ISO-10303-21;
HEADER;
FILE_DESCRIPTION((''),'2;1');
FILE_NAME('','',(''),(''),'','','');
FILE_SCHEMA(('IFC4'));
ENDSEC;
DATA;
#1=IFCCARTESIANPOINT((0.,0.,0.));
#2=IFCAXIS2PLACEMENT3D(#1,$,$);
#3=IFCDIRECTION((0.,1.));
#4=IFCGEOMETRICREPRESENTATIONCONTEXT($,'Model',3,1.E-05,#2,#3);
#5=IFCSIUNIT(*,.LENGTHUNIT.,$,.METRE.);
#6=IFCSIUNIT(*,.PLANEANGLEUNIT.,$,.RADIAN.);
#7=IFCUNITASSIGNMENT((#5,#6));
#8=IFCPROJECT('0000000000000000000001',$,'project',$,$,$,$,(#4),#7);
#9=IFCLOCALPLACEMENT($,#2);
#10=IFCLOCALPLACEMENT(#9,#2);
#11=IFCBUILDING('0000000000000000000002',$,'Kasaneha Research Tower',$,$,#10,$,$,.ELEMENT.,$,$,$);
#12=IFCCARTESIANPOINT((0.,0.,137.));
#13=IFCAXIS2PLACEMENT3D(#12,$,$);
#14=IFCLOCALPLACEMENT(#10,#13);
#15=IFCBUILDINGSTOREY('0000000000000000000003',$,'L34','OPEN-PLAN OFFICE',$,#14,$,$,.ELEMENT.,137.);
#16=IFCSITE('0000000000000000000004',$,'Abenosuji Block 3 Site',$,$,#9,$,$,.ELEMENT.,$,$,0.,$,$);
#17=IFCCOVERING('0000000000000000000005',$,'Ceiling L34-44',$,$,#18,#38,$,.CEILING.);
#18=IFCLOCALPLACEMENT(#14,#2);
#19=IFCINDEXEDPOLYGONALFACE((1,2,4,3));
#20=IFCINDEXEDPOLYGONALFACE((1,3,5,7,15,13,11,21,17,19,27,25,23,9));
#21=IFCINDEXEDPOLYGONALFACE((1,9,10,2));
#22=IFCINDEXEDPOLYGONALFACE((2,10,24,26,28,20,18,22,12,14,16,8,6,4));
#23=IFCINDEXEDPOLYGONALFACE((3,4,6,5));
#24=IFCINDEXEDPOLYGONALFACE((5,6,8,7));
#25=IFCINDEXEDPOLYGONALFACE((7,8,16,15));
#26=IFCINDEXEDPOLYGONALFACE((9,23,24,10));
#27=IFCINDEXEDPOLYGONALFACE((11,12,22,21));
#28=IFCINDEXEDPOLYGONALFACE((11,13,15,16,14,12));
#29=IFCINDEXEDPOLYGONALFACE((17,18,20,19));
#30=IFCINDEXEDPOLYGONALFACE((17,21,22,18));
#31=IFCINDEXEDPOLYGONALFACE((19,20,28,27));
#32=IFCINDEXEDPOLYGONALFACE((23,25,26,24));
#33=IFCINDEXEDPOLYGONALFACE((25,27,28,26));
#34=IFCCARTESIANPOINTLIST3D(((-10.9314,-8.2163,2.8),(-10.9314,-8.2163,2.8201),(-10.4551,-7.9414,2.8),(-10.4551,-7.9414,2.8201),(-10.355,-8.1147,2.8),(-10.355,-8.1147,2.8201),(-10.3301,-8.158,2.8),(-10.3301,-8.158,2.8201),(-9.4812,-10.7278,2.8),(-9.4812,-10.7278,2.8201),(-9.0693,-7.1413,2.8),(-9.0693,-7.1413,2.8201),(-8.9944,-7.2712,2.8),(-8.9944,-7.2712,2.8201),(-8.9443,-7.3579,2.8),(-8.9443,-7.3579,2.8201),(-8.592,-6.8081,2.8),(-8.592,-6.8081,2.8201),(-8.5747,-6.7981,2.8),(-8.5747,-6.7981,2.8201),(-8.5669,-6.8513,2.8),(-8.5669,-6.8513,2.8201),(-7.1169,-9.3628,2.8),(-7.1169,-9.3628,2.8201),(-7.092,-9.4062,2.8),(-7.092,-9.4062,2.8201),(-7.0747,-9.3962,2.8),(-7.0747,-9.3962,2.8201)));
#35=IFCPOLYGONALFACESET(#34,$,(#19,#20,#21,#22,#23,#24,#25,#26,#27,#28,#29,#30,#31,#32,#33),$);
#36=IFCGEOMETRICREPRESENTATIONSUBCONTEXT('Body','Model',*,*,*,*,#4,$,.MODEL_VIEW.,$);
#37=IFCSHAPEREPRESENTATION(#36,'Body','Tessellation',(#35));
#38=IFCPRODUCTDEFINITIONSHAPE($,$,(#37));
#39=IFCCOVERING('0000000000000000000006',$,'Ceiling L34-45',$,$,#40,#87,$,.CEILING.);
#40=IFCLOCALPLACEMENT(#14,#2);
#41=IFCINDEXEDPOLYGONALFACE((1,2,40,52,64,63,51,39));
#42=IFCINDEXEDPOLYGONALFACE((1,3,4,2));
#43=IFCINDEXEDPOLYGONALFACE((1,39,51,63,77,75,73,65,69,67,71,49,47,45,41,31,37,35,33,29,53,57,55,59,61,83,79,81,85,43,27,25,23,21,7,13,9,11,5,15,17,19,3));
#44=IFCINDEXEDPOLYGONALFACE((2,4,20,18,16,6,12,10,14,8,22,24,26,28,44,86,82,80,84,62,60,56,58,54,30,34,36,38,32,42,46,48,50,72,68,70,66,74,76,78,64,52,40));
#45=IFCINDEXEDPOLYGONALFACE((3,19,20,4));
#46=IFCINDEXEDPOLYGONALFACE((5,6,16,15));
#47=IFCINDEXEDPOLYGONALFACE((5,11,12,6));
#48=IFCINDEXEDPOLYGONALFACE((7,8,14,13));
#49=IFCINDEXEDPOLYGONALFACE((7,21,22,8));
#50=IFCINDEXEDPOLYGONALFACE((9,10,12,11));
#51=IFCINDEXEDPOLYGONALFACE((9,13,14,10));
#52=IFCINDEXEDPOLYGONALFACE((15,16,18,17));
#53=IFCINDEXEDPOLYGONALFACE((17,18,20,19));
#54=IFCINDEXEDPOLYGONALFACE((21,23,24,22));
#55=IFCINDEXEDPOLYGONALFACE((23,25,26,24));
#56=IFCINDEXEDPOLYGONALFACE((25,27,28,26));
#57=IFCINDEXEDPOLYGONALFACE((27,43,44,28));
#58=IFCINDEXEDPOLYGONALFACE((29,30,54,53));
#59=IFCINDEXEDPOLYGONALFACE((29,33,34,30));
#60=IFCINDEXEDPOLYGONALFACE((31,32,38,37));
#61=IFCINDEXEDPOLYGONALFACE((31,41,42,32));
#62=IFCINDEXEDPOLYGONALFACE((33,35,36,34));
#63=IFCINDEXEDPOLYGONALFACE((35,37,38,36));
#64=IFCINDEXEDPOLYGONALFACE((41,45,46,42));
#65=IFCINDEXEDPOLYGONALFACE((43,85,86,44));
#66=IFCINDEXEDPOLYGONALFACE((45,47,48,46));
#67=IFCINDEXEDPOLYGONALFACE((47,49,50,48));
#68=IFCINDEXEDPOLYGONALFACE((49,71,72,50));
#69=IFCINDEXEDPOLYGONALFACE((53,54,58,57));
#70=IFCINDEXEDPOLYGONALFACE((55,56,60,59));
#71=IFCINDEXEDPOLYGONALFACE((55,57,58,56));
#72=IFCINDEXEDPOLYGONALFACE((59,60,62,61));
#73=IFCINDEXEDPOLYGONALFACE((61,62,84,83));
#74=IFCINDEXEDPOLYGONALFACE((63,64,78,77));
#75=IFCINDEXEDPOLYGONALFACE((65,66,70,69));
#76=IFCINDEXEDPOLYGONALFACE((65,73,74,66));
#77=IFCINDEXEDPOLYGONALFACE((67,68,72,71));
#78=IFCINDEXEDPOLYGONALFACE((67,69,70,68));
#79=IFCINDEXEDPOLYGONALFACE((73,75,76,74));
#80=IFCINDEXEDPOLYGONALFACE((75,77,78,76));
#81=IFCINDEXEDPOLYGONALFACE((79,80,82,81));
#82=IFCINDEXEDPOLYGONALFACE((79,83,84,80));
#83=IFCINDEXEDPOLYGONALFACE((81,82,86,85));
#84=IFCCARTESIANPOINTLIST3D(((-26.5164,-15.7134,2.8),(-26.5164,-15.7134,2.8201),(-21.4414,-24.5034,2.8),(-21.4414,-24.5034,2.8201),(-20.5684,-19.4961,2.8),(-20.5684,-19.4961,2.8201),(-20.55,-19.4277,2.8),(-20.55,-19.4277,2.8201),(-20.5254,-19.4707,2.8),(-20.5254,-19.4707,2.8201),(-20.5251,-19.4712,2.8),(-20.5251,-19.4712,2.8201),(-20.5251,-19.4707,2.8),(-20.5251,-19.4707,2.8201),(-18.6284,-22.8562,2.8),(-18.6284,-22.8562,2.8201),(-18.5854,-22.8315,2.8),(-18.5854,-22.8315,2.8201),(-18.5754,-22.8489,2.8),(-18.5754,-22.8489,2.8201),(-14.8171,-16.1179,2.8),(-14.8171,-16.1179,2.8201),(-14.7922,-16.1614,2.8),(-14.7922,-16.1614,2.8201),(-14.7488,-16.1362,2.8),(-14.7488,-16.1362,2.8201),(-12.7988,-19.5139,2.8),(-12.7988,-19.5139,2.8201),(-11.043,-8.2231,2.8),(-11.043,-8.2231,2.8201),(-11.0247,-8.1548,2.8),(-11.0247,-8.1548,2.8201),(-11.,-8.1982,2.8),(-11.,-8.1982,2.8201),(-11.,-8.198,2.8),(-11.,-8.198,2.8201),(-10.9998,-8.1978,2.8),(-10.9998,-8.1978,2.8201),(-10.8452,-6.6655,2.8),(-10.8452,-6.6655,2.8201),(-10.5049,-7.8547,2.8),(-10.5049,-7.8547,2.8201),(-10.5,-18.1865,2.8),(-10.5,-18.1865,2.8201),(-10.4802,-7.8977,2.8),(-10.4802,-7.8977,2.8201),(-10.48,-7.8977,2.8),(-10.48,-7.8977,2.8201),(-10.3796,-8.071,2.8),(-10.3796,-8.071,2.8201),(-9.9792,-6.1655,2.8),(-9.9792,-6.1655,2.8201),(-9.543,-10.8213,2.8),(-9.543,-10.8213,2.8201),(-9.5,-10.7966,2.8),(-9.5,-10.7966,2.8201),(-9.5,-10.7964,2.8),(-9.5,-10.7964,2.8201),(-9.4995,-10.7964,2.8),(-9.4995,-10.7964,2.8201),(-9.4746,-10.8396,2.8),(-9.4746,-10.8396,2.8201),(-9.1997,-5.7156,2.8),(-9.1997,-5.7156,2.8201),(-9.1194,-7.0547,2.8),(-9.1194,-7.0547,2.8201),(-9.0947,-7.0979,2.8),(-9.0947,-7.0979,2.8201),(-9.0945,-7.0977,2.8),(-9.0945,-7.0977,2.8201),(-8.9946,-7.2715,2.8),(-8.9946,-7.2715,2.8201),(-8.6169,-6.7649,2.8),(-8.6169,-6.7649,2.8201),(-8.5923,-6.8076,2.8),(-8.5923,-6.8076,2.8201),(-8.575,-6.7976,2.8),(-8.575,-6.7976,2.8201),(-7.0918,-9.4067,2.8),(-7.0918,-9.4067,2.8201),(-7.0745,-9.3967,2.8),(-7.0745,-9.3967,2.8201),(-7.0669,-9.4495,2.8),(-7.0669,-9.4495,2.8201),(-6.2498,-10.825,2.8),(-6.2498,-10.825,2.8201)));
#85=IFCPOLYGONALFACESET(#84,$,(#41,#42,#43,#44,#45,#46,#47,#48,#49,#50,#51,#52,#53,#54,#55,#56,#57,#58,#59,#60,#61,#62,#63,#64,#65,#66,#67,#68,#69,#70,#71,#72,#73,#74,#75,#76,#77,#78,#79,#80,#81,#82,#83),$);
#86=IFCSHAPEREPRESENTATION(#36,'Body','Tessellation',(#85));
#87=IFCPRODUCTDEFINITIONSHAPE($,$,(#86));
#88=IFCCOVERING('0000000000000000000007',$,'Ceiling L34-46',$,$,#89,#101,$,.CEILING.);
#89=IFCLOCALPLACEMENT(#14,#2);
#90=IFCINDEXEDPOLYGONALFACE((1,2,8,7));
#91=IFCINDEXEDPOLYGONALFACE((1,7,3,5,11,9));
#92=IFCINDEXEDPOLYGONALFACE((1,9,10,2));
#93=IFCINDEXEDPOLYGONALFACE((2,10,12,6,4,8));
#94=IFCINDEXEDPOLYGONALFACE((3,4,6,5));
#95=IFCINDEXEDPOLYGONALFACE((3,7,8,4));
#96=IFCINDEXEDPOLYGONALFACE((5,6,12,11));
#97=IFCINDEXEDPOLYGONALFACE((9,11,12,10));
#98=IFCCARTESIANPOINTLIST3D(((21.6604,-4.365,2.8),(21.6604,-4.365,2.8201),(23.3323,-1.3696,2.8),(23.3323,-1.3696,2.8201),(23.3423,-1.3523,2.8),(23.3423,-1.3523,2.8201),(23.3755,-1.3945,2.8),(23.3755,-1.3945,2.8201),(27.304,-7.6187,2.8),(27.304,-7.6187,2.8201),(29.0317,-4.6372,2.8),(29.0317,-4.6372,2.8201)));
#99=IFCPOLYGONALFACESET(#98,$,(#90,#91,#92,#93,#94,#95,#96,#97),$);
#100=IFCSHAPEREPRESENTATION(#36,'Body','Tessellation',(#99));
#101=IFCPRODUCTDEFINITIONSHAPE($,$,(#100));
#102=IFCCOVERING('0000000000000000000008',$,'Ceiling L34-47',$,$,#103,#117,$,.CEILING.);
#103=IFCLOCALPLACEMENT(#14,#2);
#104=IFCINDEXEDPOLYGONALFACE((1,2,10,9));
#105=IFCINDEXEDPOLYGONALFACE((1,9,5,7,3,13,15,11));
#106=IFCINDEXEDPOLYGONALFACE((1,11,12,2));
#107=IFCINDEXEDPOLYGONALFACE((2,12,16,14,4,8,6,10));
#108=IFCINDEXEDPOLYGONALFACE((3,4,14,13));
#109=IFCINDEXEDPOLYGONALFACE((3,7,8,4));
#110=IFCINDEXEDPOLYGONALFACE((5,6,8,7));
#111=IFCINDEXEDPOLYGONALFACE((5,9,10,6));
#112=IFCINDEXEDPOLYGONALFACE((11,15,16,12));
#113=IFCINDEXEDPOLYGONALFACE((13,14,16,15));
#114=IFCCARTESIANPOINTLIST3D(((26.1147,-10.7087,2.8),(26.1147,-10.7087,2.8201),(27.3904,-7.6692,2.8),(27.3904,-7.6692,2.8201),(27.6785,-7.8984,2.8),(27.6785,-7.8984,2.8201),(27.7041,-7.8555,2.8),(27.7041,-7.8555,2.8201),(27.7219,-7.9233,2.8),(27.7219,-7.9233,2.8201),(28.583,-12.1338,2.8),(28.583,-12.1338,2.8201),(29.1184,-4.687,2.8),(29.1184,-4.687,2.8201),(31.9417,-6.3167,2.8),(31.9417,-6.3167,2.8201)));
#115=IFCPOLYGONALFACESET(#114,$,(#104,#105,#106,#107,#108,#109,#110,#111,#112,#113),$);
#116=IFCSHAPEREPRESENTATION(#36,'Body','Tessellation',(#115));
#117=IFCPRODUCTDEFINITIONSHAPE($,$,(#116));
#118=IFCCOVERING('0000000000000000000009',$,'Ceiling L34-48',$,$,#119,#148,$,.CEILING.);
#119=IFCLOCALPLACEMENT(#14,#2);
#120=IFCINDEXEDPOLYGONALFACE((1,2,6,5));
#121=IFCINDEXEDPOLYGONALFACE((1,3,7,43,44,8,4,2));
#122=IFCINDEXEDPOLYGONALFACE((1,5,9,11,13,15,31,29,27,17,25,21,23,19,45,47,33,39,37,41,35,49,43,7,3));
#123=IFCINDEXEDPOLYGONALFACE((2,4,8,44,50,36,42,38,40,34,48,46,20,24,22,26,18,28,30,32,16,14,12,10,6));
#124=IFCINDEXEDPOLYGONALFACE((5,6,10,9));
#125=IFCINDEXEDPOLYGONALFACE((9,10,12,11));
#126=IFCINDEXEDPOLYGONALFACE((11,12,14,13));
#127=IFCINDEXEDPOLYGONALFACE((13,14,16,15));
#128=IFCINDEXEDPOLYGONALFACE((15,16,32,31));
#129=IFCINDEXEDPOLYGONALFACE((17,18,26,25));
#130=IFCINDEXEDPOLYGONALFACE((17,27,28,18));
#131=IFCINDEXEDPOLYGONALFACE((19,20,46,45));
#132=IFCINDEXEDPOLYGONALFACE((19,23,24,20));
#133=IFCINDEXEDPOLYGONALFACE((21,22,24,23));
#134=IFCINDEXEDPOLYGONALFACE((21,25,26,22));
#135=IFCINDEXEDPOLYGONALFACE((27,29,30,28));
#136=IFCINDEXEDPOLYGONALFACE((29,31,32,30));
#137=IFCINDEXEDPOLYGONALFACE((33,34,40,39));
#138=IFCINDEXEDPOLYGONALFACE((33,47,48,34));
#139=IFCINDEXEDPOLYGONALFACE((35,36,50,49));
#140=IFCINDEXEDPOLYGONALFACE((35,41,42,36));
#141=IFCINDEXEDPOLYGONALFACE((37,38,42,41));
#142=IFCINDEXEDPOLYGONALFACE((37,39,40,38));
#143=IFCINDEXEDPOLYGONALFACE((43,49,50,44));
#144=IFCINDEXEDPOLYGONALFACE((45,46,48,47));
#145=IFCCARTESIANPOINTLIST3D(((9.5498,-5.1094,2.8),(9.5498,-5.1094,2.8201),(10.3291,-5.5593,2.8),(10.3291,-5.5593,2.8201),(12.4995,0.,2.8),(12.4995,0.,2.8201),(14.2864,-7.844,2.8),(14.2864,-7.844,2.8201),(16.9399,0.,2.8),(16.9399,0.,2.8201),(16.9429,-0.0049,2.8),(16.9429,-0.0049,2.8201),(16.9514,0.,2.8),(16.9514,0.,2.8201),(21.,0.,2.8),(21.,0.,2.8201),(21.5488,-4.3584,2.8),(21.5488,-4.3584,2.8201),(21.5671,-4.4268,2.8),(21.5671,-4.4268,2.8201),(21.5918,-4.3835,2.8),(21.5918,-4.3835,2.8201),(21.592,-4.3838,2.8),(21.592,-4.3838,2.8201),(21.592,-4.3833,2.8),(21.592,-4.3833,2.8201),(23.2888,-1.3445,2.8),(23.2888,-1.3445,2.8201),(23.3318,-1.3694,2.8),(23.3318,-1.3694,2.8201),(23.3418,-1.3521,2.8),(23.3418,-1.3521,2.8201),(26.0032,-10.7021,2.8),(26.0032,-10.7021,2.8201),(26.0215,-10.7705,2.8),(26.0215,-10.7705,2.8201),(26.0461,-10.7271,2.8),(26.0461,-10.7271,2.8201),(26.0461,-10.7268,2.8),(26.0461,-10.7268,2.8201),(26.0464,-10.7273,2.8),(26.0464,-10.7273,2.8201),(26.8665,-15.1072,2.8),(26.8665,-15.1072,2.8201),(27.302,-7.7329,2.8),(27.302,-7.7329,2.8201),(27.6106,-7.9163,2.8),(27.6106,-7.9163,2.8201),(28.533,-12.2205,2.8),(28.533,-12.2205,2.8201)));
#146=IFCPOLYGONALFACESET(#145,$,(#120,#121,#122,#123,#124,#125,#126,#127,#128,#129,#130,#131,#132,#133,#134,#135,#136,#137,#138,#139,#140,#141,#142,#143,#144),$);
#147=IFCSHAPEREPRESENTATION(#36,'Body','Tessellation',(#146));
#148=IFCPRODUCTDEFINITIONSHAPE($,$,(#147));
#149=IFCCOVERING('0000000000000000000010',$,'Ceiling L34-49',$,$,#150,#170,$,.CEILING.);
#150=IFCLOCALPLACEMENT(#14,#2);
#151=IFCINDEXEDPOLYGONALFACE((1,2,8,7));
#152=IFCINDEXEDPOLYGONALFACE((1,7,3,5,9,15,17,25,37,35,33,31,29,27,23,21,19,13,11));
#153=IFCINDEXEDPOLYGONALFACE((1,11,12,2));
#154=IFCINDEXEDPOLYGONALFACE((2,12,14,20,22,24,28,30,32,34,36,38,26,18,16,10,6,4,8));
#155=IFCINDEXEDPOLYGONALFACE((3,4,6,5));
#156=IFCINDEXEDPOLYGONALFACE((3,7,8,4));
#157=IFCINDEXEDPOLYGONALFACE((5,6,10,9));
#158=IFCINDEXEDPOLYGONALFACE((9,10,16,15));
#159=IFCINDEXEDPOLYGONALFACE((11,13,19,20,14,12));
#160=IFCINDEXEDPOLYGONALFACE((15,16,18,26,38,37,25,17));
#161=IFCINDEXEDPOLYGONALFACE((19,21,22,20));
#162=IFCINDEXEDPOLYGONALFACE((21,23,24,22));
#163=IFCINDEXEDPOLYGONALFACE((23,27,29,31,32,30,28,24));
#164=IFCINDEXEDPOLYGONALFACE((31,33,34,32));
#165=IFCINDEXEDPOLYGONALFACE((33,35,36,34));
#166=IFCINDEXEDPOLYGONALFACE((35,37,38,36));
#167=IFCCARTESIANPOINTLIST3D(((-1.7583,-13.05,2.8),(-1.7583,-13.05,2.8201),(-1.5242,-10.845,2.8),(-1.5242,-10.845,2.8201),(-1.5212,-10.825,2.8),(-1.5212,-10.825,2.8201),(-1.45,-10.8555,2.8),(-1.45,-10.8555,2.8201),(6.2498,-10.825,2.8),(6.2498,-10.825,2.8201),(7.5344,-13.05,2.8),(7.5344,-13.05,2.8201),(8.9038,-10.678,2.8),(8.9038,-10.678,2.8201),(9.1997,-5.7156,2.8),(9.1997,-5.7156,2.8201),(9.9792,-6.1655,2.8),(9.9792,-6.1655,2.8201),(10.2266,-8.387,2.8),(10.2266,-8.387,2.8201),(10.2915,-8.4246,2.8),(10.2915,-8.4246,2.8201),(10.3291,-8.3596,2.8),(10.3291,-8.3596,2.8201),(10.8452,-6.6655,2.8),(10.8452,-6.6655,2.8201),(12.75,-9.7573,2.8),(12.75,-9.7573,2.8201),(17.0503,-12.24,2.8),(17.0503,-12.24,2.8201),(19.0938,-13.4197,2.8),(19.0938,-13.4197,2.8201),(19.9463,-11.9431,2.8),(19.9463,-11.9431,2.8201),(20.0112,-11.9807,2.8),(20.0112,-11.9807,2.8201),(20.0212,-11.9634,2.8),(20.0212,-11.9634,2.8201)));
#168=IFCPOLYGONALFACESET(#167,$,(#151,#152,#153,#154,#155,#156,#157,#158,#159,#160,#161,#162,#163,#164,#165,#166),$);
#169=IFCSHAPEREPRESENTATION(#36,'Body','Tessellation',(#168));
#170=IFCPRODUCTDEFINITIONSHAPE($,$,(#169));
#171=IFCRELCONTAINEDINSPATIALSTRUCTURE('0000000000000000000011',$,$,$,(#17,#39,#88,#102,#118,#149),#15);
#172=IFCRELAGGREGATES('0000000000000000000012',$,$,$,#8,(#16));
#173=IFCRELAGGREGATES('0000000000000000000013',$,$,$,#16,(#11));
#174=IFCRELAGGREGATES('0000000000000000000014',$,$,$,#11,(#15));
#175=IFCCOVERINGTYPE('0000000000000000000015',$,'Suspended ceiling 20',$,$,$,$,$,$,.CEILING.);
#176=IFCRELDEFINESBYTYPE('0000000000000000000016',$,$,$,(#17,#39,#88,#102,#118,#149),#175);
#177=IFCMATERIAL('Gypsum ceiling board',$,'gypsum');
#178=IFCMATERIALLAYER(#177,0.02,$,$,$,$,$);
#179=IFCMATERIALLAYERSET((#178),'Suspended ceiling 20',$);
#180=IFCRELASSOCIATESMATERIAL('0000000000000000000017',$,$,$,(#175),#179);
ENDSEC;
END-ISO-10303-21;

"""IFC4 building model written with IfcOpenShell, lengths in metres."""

from ifc_helpers import new_model, si_unit, direction, frame, origin, place, context, subcontext, project, spatial, polyline, outline, extrude, material, layer, layer_set, type_object, element, save


model = new_model("IFC4")

# Units and contexts
model_context = context("Model", 3, precision=1e-05, world=origin(), true_north=direction((0.0, 1.0)))
body_context = subcontext(model_context, "Body", "Model", "MODEL_VIEW")
ifc_project = project(units=[si_unit("LENGTHUNIT", "METRE"), si_unit("PLANEANGLEUNIT", "RADIAN")], contexts=[model_context])

# Site, building, storey
site_placement = place(None, origin())
site = spatial("IfcSite", under=ifc_project, at=site_placement, Name="Abenosuji Block 3 Site", CompositionType="ELEMENT", RefElevation=0.0)
building_placement = place(site_placement, origin())
building = spatial("IfcBuilding", under=site, at=building_placement, Name="Kasaneha Research Tower", CompositionType="ELEMENT")
storey_placement = place(building_placement, frame((0.0, 0.0, 137.0)))
storey = spatial("IfcBuildingStorey", under=building, at=storey_placement, Name="L34", Description="OPEN-PLAN OFFICE", CompositionType="ELEMENT", Elevation=137.0)

# Coverings
ifc_material_1 = material(Name="Gypsum ceiling board", Category="gypsum")
ifc_layer_1 = layer(ifc_material_1, 0.02)
ifc_layer_set_1 = layer_set([ifc_layer_1], Name="Suspended ceiling 20")
covering_type_1 = type_object("IfcCoveringType", Name="Suspended ceiling 20", PredefinedType="CEILING", material=ifc_layer_set_1)
covering_1_placement = place(storey_placement, frame((0.0, 0.0, 2.8)))
element("IfcCovering", 1, at=covering_1_placement, inside=storey, type_object=covering_type_1, Name="Ceiling L34-44", PredefinedType="CEILING", context=body_context, shape_type="SweptSolid", body=[
    extrude(outline(polyline([(-10.355, -8.1147), (-10.355, -8.1147), (-10.3301, -8.158), (-8.9443, -7.3579), (-8.9944, -7.2712), (-8.9944, -7.2712), (-9.0942, -7.0981), (-9.0942, -7.0981), (-9.0693, -7.1414), (-8.5669, -6.8513), (-8.592, -6.8081), (-8.5747, -6.7981), (-7.0747, -9.3962), (-7.092, -9.4062), (-7.1169, -9.3628), (-9.4812, -10.7278), (-10.9314, -8.2163), (-10.4551, -7.9414), (-10.355, -8.1147)])), origin(), (0.0, 0.0, 1.0), 0.02),
])
covering_2_placement = place(storey_placement, frame((0.0, 0.0, 2.8)))
element("IfcCovering", 2, at=covering_2_placement, inside=storey, type_object=covering_type_1, Name="Ceiling L34-45", PredefinedType="CEILING", context=body_context, shape_type="SweptSolid", body=[
    extrude(outline(polyline([(-9.9792, -6.1655), (-9.9792, -6.1655), (-9.1997, -5.7156), (-8.575, -6.7976), (-8.5923, -6.8076), (-8.6169, -6.7649), (-9.1194, -7.0547), (-9.0945, -7.0977), (-9.0947, -7.0979), (-8.9946, -7.2715), (-10.3796, -8.071), (-10.48, -7.8977), (-10.4802, -7.8977), (-10.5049, -7.8547), (-11.0247, -8.1548), (-10.9998, -8.1978), (-11.0, -8.198), (-11.0, -8.1982), (-11.043, -8.2231), (-9.543, -10.8213), (-9.5, -10.7964), (-9.5, -10.7966), (-9.4995, -10.7964), (-9.4746, -10.8396), (-7.0669, -9.4495), (-7.0918, -9.4067), (-7.0745, -9.3967), (-6.2498, -10.825), (-10.5, -18.1865), (-12.7988, -19.5139), (-14.7488, -16.1362), (-14.7922, -16.1614), (-14.8171, -16.1179), (-20.55, -19.4277), (-20.5251, -19.4707), (-20.5254, -19.4707), (-20.5251, -19.4712), (-20.5684, -19.4961), (-18.6284, -22.8562), (-18.5854, -22.8315), (-18.5754, -22.8489), (-21.4414, -24.5034), (-26.5164, -15.7134), (-10.8452, -6.6655), (-10.8452, -6.6655), (-9.9792, -6.1655)])), origin(), (0.0, 0.0, 1.0), 0.02),
])
covering_3_placement = place(storey_placement, frame((0.0, 0.0, 2.8)))
element("IfcCovering", 3, at=covering_3_placement, inside=storey, type_object=covering_type_1, Name="Ceiling L34-46", PredefinedType="CEILING", context=body_context, shape_type="SweptSolid", body=[
    extrude(outline(polyline([(29.0317, -4.6372), (27.304, -7.6187), (21.6604, -4.365), (23.3755, -1.3945), (23.3323, -1.3696), (23.3423, -1.3523), (29.0317, -4.6372)])), origin(), (0.0, 0.0, 1.0), 0.02),
])
covering_4_placement = place(storey_placement, frame((0.0, 0.0, 2.8)))
element("IfcCovering", 4, at=covering_4_placement, inside=storey, type_object=covering_type_1, Name="Ceiling L34-47", PredefinedType="CEILING", context=body_context, shape_type="SweptSolid", body=[
    extrude(outline(polyline([(31.9417, -6.3167), (28.583, -12.1338), (26.1147, -10.7087), (27.7219, -7.9233), (27.6785, -7.8984), (27.7041, -7.8555), (27.3904, -7.6692), (29.1184, -4.687), (31.9417, -6.3167)])), origin(), (0.0, 0.0, 1.0), 0.02),
])
covering_5_placement = place(storey_placement, frame((0.0, 0.0, 2.8)))
element("IfcCovering", 5, at=covering_5_placement, inside=storey, type_object=covering_type_1, Name="Ceiling L34-48", PredefinedType="CEILING", context=body_context, shape_type="SweptSolid", body=[
    extrude(outline(polyline([(9.5498, -5.1094), (12.4995, 0.0), (16.9399, 0.0), (16.9429, -0.0049), (16.9514, 0.0), (21.0, 0.0), (23.3418, -1.3521), (23.3318, -1.3694), (23.2888, -1.3445), (21.5488, -4.3584), (21.592, -4.3833), (21.5918, -4.3835), (21.592, -4.3838), (21.5671, -4.4268), (27.302, -7.7329), (27.302, -7.7329), (27.6106, -7.9163), (26.0032, -10.7021), (26.0461, -10.7268), (26.0461, -10.7271), (26.0464, -10.7273), (26.0215, -10.7705), (28.533, -12.2205), (26.8665, -15.1072), (14.2864, -7.844), (10.3291, -5.5593), (10.3291, -5.5593), (9.5498, -5.1094)])), origin(), (0.0, 0.0, 1.0), 0.02),
])
covering_6_placement = place(storey_placement, frame((0.0, 0.0, 2.8)))
element("IfcCovering", 6, at=covering_6_placement, inside=storey, type_object=covering_type_1, Name="Ceiling L34-49", PredefinedType="CEILING", context=body_context, shape_type="SweptSolid", body=[
    extrude(outline(polyline([(10.2915, -8.4246), (10.2266, -8.387), (8.9038, -10.678), (8.9038, -10.678), (7.5344, -13.05), (-1.7583, -13.05), (-1.45, -10.8555), (-1.5242, -10.845), (-1.5212, -10.825), (6.2498, -10.825), (9.1997, -5.7156), (9.9792, -6.1655), (9.9792, -6.1655), (10.8452, -6.6655), (10.8452, -6.6655), (20.0212, -11.9634), (20.0112, -11.9807), (19.9463, -11.9431), (19.0938, -13.4197), (17.0503, -12.24), (17.0503, -12.24), (12.75, -9.7573), (12.75, -9.7573), (10.3291, -8.3596), (10.2915, -8.4246), (10.2915, -8.4246), (10.2915, -8.4246)])), origin(), (0.0, 0.0, 1.0), 0.02),
])

save(model, "model.ifc")
